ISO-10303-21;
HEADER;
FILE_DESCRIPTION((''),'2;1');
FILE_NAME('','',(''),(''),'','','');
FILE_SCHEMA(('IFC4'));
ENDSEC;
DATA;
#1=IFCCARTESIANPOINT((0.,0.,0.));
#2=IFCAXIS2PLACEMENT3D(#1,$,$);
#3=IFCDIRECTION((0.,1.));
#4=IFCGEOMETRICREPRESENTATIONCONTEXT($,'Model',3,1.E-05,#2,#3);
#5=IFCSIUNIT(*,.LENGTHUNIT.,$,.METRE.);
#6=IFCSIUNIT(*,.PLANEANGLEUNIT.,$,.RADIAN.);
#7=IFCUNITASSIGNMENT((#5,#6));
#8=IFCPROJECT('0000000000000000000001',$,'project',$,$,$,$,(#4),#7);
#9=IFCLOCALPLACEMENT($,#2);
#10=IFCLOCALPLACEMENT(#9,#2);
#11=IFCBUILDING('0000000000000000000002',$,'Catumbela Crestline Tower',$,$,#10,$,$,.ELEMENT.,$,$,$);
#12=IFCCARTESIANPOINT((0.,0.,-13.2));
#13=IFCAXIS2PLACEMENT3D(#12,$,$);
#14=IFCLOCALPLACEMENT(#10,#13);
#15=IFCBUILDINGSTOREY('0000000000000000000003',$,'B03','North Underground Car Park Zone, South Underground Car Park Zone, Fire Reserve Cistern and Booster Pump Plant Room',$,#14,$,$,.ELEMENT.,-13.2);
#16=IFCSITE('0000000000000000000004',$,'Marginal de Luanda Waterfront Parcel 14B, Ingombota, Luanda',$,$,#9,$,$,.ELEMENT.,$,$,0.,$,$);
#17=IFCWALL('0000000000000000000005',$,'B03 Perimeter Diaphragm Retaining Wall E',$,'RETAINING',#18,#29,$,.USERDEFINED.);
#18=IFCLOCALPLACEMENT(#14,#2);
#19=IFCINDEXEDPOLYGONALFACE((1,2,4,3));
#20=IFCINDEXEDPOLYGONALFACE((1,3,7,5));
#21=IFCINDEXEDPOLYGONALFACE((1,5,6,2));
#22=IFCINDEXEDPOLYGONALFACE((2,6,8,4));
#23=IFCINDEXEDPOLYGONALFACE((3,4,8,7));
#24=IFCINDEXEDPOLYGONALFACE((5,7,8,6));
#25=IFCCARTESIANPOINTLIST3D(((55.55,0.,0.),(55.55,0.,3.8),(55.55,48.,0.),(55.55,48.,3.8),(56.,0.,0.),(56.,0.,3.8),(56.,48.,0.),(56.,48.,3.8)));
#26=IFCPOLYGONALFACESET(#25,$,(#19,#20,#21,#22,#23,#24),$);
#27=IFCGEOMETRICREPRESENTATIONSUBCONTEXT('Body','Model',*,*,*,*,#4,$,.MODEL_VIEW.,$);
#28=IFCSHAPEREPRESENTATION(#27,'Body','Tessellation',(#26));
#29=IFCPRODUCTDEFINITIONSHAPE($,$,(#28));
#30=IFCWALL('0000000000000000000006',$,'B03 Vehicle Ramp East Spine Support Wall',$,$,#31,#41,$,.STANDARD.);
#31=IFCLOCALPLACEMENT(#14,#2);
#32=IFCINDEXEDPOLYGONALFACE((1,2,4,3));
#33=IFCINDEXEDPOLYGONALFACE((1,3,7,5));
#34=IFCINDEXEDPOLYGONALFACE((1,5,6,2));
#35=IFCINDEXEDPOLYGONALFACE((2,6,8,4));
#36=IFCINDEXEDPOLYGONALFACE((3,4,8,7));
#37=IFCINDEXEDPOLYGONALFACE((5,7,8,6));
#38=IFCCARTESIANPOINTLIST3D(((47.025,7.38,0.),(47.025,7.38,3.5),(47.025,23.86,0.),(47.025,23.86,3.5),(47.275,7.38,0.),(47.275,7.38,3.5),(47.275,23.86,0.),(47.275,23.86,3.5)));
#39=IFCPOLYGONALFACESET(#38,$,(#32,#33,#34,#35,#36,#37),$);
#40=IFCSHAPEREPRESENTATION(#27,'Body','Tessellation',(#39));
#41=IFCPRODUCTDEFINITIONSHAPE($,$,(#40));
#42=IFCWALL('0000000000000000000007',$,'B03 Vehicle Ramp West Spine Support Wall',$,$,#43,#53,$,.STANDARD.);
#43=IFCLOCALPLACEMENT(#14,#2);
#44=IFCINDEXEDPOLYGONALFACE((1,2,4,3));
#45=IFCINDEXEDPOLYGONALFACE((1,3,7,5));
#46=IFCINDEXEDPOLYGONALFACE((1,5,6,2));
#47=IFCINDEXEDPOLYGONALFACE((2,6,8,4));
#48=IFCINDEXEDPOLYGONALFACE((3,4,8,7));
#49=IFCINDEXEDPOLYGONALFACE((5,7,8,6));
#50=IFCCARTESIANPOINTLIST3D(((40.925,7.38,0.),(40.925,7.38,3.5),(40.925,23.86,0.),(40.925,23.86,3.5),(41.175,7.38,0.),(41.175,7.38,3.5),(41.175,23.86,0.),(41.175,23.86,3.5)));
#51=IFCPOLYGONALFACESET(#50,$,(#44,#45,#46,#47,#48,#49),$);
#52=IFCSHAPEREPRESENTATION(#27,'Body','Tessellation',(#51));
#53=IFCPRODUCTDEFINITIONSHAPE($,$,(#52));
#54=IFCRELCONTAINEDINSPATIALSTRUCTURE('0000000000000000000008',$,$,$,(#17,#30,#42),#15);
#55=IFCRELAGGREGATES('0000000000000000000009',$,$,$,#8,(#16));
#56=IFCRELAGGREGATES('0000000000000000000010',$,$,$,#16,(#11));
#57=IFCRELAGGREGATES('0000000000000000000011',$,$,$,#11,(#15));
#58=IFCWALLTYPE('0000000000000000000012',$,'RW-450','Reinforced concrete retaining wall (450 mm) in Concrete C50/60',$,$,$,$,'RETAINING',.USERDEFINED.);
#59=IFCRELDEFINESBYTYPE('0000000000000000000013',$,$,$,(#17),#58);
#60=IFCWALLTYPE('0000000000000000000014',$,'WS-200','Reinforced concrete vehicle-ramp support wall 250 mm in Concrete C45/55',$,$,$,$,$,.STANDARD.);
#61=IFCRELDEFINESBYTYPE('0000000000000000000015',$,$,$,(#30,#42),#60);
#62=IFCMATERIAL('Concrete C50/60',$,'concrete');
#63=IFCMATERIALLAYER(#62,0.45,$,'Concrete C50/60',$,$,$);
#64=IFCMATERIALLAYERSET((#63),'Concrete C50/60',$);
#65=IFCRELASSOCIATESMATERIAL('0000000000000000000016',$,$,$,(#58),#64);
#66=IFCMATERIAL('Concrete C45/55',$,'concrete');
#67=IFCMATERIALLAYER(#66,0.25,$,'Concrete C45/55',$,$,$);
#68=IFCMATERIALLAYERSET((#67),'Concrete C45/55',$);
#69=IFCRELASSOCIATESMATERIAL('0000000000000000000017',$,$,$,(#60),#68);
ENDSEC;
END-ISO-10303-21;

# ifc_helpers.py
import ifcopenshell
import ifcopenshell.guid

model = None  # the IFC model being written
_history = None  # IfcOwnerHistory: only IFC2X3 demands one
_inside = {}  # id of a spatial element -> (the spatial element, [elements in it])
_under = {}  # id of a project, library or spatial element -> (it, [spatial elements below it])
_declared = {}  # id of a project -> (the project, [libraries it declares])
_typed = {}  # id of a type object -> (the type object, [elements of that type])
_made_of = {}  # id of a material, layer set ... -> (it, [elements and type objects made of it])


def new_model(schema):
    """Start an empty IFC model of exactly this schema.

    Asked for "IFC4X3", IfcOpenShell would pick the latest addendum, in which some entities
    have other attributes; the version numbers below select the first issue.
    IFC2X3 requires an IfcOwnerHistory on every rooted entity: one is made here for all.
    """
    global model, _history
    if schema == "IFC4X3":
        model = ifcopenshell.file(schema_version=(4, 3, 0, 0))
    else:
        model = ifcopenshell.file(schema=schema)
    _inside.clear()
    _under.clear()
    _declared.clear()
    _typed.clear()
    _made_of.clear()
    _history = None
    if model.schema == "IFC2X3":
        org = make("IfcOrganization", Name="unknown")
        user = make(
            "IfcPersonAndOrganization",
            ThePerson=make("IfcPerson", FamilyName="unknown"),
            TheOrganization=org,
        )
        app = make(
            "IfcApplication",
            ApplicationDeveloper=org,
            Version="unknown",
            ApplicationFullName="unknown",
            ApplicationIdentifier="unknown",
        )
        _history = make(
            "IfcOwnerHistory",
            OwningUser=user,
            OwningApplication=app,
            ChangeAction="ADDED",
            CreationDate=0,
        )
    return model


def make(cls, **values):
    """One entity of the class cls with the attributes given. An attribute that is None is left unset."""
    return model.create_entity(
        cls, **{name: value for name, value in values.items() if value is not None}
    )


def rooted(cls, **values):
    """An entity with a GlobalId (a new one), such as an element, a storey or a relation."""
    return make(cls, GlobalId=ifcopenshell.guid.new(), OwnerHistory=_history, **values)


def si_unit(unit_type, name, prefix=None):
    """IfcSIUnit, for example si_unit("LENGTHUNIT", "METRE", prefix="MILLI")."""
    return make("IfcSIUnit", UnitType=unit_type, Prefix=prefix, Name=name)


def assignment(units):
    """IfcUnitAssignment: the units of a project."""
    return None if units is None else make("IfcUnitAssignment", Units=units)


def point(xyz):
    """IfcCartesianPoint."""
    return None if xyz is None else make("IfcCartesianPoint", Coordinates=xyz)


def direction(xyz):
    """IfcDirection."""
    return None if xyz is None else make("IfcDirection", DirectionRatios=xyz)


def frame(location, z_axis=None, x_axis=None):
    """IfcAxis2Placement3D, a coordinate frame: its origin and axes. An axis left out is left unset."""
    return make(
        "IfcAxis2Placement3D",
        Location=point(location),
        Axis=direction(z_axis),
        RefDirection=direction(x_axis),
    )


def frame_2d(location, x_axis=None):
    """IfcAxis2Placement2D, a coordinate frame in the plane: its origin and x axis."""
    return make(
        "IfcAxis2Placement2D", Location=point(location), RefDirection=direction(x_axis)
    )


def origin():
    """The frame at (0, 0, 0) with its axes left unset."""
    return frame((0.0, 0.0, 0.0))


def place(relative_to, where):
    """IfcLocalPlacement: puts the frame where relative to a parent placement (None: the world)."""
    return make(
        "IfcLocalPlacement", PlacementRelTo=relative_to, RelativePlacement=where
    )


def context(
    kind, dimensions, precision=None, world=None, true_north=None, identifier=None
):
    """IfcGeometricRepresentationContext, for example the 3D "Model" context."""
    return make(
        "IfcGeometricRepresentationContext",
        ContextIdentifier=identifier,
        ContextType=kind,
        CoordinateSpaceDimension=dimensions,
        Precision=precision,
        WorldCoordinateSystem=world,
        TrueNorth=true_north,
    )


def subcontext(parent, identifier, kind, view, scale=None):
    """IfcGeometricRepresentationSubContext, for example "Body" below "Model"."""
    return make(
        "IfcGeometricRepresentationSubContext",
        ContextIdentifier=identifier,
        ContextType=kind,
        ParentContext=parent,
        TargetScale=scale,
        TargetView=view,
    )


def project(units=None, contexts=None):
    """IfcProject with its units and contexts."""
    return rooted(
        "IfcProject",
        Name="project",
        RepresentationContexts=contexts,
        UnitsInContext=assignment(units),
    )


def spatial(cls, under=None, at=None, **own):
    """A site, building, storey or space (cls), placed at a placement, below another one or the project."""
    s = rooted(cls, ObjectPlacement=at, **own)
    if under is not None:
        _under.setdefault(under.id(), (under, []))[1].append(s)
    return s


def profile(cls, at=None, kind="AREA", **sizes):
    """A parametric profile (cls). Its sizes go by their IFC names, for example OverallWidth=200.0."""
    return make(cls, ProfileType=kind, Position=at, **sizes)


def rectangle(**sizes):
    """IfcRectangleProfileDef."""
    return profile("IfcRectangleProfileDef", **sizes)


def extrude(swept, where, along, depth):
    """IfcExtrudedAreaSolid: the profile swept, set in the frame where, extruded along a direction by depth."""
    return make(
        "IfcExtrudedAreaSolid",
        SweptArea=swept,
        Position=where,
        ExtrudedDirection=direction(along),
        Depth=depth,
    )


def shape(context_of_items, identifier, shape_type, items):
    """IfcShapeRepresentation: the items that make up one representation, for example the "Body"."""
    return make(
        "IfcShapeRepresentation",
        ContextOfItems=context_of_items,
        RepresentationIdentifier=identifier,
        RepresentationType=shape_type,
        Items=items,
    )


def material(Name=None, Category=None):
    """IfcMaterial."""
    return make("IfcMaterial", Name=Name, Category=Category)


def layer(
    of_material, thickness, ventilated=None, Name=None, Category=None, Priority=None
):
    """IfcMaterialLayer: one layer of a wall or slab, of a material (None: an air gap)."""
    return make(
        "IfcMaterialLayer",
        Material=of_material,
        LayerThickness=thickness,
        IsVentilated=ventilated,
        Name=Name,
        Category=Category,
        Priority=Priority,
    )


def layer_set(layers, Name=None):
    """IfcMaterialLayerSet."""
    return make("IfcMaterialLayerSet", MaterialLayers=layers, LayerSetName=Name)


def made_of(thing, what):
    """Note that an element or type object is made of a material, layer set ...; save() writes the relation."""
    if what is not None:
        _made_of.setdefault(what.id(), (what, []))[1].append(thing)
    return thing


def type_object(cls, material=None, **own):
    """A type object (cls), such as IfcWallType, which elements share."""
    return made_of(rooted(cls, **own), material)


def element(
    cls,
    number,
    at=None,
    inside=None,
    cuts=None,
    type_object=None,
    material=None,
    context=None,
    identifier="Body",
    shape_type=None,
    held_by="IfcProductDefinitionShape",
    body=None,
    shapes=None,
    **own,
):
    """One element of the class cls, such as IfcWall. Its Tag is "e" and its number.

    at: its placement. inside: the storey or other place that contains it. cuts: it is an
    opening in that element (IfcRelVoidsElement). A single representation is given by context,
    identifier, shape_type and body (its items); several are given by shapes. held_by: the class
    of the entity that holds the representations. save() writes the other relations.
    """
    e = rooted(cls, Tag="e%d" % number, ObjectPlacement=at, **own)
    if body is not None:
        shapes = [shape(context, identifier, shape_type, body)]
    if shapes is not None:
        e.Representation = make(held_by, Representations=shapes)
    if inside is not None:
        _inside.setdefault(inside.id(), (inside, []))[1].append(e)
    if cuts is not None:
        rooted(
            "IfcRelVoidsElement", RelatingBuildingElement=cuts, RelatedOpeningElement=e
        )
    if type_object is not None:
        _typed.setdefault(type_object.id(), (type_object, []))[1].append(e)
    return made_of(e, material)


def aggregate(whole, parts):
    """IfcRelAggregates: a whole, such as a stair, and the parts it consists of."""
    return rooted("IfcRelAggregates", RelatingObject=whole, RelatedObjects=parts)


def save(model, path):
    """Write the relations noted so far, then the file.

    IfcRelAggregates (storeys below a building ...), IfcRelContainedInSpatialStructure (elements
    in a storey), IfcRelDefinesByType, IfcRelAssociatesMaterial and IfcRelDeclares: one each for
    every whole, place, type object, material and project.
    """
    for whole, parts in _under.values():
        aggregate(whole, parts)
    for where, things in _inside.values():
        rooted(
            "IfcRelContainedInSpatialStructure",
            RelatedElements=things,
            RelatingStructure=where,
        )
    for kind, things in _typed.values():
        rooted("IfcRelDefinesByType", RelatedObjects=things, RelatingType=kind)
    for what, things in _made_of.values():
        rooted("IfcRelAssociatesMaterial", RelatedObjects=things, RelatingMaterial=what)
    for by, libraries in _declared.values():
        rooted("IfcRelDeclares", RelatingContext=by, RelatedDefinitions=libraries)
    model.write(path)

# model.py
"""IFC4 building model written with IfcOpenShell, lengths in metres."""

from ifc_helpers import new_model, si_unit, direction, frame, frame_2d, origin, place, context, subcontext, project, spatial, rectangle, extrude, material, layer, layer_set, type_object, element, save


model = new_model("IFC4")

# Units and contexts
model_context = context("Model", 3, precision=1e-05, world=origin(), true_north=direction((0.0, 1.0)))
body_context = subcontext(model_context, "Body", "Model", "MODEL_VIEW")
ifc_project = project(units=[si_unit("LENGTHUNIT", "METRE"), si_unit("PLANEANGLEUNIT", "RADIAN")], contexts=[model_context])

# Site, building, storey
site_placement = place(None, origin())
site = spatial("IfcSite", under=ifc_project, at=site_placement, Name="Marginal de Luanda Waterfront Parcel 14B, Ingombota, Luanda", CompositionType="ELEMENT", RefElevation=0.0)
building_placement = place(site_placement, origin())
building = spatial("IfcBuilding", under=site, at=building_placement, Name="Catumbela Crestline Tower", CompositionType="ELEMENT")
storey_placement = place(building_placement, frame((0.0, 0.0, -13.2)))
storey = spatial("IfcBuildingStorey", under=building, at=storey_placement, Name="B03", Description="North Underground Car Park Zone, South Underground Car Park Zone, Fire Reserve Cistern and Booster Pump Plant Room", CompositionType="ELEMENT", Elevation=-13.2)

# Walls
ifc_material_1 = material(Name="Concrete C50/60", Category="concrete")
ifc_layer_1 = layer(ifc_material_1, 0.45, Name="Concrete C50/60")
ifc_layer_set_1 = layer_set([ifc_layer_1], Name="Concrete C50/60")
wall_type_1 = type_object("IfcWallType", Name="RW-450", Description="Reinforced concrete retaining wall (450 mm) in Concrete C50/60", ElementType="RETAINING", PredefinedType="USERDEFINED", material=ifc_layer_set_1)
wall_placement = place(storey_placement, frame((55.775, 0.0, 0.0), z_axis=(0.0, 0.0, 1.0), x_axis=(0.0, 1.0, 0.0)))
element("IfcWall", 1, at=wall_placement, inside=storey, type_object=wall_type_1, Name="B03 Perimeter Diaphragm Retaining Wall E", ObjectType="RETAINING", PredefinedType="USERDEFINED", context=body_context, shape_type="SweptSolid", body=[
    extrude(rectangle(XDim=48.0, YDim=0.45, at=frame_2d((24.0, 0.0))), origin(), (0.0, 0.0, 1.0), 3.8),
])
ifc_material_2 = material(Name="Concrete C45/55", Category="concrete")
ifc_layer_2 = layer(ifc_material_2, 0.25, Name="Concrete C45/55")
ifc_layer_set_2 = layer_set([ifc_layer_2], Name="Concrete C45/55")
wall_type_2 = type_object("IfcWallType", Name="WS-200", Description="Reinforced concrete vehicle-ramp support wall 250 mm in Concrete C45/55", PredefinedType="STANDARD", material=ifc_layer_set_2)
for number, where, z_axis, x_axis, name in (
    (2, (47.15, 7.38, 0.0), (0.0, 0.0, 1.0), (0.0, 1.0, 0.0), "B03 Vehicle Ramp East Spine Support Wall"),
    (3, (41.05, 7.38, 0.0), (0.0, 0.0, 1.0), (0.0, 1.0, 0.0), "B03 Vehicle Ramp West Spine Support Wall"),
):
    element("IfcWall", number, at=place(storey_placement, frame(where, z_axis=z_axis, x_axis=x_axis)), inside=storey, type_object=wall_type_2, Name=name, PredefinedType="STANDARD", context=body_context, shape_type="SweptSolid", body=[
        extrude(rectangle(XDim=16.48, YDim=0.25, at=frame_2d((8.24, 0.0))), origin(), (0.0, 0.0, 1.0), 3.5),
    ])

save(model, "model.ifc")
